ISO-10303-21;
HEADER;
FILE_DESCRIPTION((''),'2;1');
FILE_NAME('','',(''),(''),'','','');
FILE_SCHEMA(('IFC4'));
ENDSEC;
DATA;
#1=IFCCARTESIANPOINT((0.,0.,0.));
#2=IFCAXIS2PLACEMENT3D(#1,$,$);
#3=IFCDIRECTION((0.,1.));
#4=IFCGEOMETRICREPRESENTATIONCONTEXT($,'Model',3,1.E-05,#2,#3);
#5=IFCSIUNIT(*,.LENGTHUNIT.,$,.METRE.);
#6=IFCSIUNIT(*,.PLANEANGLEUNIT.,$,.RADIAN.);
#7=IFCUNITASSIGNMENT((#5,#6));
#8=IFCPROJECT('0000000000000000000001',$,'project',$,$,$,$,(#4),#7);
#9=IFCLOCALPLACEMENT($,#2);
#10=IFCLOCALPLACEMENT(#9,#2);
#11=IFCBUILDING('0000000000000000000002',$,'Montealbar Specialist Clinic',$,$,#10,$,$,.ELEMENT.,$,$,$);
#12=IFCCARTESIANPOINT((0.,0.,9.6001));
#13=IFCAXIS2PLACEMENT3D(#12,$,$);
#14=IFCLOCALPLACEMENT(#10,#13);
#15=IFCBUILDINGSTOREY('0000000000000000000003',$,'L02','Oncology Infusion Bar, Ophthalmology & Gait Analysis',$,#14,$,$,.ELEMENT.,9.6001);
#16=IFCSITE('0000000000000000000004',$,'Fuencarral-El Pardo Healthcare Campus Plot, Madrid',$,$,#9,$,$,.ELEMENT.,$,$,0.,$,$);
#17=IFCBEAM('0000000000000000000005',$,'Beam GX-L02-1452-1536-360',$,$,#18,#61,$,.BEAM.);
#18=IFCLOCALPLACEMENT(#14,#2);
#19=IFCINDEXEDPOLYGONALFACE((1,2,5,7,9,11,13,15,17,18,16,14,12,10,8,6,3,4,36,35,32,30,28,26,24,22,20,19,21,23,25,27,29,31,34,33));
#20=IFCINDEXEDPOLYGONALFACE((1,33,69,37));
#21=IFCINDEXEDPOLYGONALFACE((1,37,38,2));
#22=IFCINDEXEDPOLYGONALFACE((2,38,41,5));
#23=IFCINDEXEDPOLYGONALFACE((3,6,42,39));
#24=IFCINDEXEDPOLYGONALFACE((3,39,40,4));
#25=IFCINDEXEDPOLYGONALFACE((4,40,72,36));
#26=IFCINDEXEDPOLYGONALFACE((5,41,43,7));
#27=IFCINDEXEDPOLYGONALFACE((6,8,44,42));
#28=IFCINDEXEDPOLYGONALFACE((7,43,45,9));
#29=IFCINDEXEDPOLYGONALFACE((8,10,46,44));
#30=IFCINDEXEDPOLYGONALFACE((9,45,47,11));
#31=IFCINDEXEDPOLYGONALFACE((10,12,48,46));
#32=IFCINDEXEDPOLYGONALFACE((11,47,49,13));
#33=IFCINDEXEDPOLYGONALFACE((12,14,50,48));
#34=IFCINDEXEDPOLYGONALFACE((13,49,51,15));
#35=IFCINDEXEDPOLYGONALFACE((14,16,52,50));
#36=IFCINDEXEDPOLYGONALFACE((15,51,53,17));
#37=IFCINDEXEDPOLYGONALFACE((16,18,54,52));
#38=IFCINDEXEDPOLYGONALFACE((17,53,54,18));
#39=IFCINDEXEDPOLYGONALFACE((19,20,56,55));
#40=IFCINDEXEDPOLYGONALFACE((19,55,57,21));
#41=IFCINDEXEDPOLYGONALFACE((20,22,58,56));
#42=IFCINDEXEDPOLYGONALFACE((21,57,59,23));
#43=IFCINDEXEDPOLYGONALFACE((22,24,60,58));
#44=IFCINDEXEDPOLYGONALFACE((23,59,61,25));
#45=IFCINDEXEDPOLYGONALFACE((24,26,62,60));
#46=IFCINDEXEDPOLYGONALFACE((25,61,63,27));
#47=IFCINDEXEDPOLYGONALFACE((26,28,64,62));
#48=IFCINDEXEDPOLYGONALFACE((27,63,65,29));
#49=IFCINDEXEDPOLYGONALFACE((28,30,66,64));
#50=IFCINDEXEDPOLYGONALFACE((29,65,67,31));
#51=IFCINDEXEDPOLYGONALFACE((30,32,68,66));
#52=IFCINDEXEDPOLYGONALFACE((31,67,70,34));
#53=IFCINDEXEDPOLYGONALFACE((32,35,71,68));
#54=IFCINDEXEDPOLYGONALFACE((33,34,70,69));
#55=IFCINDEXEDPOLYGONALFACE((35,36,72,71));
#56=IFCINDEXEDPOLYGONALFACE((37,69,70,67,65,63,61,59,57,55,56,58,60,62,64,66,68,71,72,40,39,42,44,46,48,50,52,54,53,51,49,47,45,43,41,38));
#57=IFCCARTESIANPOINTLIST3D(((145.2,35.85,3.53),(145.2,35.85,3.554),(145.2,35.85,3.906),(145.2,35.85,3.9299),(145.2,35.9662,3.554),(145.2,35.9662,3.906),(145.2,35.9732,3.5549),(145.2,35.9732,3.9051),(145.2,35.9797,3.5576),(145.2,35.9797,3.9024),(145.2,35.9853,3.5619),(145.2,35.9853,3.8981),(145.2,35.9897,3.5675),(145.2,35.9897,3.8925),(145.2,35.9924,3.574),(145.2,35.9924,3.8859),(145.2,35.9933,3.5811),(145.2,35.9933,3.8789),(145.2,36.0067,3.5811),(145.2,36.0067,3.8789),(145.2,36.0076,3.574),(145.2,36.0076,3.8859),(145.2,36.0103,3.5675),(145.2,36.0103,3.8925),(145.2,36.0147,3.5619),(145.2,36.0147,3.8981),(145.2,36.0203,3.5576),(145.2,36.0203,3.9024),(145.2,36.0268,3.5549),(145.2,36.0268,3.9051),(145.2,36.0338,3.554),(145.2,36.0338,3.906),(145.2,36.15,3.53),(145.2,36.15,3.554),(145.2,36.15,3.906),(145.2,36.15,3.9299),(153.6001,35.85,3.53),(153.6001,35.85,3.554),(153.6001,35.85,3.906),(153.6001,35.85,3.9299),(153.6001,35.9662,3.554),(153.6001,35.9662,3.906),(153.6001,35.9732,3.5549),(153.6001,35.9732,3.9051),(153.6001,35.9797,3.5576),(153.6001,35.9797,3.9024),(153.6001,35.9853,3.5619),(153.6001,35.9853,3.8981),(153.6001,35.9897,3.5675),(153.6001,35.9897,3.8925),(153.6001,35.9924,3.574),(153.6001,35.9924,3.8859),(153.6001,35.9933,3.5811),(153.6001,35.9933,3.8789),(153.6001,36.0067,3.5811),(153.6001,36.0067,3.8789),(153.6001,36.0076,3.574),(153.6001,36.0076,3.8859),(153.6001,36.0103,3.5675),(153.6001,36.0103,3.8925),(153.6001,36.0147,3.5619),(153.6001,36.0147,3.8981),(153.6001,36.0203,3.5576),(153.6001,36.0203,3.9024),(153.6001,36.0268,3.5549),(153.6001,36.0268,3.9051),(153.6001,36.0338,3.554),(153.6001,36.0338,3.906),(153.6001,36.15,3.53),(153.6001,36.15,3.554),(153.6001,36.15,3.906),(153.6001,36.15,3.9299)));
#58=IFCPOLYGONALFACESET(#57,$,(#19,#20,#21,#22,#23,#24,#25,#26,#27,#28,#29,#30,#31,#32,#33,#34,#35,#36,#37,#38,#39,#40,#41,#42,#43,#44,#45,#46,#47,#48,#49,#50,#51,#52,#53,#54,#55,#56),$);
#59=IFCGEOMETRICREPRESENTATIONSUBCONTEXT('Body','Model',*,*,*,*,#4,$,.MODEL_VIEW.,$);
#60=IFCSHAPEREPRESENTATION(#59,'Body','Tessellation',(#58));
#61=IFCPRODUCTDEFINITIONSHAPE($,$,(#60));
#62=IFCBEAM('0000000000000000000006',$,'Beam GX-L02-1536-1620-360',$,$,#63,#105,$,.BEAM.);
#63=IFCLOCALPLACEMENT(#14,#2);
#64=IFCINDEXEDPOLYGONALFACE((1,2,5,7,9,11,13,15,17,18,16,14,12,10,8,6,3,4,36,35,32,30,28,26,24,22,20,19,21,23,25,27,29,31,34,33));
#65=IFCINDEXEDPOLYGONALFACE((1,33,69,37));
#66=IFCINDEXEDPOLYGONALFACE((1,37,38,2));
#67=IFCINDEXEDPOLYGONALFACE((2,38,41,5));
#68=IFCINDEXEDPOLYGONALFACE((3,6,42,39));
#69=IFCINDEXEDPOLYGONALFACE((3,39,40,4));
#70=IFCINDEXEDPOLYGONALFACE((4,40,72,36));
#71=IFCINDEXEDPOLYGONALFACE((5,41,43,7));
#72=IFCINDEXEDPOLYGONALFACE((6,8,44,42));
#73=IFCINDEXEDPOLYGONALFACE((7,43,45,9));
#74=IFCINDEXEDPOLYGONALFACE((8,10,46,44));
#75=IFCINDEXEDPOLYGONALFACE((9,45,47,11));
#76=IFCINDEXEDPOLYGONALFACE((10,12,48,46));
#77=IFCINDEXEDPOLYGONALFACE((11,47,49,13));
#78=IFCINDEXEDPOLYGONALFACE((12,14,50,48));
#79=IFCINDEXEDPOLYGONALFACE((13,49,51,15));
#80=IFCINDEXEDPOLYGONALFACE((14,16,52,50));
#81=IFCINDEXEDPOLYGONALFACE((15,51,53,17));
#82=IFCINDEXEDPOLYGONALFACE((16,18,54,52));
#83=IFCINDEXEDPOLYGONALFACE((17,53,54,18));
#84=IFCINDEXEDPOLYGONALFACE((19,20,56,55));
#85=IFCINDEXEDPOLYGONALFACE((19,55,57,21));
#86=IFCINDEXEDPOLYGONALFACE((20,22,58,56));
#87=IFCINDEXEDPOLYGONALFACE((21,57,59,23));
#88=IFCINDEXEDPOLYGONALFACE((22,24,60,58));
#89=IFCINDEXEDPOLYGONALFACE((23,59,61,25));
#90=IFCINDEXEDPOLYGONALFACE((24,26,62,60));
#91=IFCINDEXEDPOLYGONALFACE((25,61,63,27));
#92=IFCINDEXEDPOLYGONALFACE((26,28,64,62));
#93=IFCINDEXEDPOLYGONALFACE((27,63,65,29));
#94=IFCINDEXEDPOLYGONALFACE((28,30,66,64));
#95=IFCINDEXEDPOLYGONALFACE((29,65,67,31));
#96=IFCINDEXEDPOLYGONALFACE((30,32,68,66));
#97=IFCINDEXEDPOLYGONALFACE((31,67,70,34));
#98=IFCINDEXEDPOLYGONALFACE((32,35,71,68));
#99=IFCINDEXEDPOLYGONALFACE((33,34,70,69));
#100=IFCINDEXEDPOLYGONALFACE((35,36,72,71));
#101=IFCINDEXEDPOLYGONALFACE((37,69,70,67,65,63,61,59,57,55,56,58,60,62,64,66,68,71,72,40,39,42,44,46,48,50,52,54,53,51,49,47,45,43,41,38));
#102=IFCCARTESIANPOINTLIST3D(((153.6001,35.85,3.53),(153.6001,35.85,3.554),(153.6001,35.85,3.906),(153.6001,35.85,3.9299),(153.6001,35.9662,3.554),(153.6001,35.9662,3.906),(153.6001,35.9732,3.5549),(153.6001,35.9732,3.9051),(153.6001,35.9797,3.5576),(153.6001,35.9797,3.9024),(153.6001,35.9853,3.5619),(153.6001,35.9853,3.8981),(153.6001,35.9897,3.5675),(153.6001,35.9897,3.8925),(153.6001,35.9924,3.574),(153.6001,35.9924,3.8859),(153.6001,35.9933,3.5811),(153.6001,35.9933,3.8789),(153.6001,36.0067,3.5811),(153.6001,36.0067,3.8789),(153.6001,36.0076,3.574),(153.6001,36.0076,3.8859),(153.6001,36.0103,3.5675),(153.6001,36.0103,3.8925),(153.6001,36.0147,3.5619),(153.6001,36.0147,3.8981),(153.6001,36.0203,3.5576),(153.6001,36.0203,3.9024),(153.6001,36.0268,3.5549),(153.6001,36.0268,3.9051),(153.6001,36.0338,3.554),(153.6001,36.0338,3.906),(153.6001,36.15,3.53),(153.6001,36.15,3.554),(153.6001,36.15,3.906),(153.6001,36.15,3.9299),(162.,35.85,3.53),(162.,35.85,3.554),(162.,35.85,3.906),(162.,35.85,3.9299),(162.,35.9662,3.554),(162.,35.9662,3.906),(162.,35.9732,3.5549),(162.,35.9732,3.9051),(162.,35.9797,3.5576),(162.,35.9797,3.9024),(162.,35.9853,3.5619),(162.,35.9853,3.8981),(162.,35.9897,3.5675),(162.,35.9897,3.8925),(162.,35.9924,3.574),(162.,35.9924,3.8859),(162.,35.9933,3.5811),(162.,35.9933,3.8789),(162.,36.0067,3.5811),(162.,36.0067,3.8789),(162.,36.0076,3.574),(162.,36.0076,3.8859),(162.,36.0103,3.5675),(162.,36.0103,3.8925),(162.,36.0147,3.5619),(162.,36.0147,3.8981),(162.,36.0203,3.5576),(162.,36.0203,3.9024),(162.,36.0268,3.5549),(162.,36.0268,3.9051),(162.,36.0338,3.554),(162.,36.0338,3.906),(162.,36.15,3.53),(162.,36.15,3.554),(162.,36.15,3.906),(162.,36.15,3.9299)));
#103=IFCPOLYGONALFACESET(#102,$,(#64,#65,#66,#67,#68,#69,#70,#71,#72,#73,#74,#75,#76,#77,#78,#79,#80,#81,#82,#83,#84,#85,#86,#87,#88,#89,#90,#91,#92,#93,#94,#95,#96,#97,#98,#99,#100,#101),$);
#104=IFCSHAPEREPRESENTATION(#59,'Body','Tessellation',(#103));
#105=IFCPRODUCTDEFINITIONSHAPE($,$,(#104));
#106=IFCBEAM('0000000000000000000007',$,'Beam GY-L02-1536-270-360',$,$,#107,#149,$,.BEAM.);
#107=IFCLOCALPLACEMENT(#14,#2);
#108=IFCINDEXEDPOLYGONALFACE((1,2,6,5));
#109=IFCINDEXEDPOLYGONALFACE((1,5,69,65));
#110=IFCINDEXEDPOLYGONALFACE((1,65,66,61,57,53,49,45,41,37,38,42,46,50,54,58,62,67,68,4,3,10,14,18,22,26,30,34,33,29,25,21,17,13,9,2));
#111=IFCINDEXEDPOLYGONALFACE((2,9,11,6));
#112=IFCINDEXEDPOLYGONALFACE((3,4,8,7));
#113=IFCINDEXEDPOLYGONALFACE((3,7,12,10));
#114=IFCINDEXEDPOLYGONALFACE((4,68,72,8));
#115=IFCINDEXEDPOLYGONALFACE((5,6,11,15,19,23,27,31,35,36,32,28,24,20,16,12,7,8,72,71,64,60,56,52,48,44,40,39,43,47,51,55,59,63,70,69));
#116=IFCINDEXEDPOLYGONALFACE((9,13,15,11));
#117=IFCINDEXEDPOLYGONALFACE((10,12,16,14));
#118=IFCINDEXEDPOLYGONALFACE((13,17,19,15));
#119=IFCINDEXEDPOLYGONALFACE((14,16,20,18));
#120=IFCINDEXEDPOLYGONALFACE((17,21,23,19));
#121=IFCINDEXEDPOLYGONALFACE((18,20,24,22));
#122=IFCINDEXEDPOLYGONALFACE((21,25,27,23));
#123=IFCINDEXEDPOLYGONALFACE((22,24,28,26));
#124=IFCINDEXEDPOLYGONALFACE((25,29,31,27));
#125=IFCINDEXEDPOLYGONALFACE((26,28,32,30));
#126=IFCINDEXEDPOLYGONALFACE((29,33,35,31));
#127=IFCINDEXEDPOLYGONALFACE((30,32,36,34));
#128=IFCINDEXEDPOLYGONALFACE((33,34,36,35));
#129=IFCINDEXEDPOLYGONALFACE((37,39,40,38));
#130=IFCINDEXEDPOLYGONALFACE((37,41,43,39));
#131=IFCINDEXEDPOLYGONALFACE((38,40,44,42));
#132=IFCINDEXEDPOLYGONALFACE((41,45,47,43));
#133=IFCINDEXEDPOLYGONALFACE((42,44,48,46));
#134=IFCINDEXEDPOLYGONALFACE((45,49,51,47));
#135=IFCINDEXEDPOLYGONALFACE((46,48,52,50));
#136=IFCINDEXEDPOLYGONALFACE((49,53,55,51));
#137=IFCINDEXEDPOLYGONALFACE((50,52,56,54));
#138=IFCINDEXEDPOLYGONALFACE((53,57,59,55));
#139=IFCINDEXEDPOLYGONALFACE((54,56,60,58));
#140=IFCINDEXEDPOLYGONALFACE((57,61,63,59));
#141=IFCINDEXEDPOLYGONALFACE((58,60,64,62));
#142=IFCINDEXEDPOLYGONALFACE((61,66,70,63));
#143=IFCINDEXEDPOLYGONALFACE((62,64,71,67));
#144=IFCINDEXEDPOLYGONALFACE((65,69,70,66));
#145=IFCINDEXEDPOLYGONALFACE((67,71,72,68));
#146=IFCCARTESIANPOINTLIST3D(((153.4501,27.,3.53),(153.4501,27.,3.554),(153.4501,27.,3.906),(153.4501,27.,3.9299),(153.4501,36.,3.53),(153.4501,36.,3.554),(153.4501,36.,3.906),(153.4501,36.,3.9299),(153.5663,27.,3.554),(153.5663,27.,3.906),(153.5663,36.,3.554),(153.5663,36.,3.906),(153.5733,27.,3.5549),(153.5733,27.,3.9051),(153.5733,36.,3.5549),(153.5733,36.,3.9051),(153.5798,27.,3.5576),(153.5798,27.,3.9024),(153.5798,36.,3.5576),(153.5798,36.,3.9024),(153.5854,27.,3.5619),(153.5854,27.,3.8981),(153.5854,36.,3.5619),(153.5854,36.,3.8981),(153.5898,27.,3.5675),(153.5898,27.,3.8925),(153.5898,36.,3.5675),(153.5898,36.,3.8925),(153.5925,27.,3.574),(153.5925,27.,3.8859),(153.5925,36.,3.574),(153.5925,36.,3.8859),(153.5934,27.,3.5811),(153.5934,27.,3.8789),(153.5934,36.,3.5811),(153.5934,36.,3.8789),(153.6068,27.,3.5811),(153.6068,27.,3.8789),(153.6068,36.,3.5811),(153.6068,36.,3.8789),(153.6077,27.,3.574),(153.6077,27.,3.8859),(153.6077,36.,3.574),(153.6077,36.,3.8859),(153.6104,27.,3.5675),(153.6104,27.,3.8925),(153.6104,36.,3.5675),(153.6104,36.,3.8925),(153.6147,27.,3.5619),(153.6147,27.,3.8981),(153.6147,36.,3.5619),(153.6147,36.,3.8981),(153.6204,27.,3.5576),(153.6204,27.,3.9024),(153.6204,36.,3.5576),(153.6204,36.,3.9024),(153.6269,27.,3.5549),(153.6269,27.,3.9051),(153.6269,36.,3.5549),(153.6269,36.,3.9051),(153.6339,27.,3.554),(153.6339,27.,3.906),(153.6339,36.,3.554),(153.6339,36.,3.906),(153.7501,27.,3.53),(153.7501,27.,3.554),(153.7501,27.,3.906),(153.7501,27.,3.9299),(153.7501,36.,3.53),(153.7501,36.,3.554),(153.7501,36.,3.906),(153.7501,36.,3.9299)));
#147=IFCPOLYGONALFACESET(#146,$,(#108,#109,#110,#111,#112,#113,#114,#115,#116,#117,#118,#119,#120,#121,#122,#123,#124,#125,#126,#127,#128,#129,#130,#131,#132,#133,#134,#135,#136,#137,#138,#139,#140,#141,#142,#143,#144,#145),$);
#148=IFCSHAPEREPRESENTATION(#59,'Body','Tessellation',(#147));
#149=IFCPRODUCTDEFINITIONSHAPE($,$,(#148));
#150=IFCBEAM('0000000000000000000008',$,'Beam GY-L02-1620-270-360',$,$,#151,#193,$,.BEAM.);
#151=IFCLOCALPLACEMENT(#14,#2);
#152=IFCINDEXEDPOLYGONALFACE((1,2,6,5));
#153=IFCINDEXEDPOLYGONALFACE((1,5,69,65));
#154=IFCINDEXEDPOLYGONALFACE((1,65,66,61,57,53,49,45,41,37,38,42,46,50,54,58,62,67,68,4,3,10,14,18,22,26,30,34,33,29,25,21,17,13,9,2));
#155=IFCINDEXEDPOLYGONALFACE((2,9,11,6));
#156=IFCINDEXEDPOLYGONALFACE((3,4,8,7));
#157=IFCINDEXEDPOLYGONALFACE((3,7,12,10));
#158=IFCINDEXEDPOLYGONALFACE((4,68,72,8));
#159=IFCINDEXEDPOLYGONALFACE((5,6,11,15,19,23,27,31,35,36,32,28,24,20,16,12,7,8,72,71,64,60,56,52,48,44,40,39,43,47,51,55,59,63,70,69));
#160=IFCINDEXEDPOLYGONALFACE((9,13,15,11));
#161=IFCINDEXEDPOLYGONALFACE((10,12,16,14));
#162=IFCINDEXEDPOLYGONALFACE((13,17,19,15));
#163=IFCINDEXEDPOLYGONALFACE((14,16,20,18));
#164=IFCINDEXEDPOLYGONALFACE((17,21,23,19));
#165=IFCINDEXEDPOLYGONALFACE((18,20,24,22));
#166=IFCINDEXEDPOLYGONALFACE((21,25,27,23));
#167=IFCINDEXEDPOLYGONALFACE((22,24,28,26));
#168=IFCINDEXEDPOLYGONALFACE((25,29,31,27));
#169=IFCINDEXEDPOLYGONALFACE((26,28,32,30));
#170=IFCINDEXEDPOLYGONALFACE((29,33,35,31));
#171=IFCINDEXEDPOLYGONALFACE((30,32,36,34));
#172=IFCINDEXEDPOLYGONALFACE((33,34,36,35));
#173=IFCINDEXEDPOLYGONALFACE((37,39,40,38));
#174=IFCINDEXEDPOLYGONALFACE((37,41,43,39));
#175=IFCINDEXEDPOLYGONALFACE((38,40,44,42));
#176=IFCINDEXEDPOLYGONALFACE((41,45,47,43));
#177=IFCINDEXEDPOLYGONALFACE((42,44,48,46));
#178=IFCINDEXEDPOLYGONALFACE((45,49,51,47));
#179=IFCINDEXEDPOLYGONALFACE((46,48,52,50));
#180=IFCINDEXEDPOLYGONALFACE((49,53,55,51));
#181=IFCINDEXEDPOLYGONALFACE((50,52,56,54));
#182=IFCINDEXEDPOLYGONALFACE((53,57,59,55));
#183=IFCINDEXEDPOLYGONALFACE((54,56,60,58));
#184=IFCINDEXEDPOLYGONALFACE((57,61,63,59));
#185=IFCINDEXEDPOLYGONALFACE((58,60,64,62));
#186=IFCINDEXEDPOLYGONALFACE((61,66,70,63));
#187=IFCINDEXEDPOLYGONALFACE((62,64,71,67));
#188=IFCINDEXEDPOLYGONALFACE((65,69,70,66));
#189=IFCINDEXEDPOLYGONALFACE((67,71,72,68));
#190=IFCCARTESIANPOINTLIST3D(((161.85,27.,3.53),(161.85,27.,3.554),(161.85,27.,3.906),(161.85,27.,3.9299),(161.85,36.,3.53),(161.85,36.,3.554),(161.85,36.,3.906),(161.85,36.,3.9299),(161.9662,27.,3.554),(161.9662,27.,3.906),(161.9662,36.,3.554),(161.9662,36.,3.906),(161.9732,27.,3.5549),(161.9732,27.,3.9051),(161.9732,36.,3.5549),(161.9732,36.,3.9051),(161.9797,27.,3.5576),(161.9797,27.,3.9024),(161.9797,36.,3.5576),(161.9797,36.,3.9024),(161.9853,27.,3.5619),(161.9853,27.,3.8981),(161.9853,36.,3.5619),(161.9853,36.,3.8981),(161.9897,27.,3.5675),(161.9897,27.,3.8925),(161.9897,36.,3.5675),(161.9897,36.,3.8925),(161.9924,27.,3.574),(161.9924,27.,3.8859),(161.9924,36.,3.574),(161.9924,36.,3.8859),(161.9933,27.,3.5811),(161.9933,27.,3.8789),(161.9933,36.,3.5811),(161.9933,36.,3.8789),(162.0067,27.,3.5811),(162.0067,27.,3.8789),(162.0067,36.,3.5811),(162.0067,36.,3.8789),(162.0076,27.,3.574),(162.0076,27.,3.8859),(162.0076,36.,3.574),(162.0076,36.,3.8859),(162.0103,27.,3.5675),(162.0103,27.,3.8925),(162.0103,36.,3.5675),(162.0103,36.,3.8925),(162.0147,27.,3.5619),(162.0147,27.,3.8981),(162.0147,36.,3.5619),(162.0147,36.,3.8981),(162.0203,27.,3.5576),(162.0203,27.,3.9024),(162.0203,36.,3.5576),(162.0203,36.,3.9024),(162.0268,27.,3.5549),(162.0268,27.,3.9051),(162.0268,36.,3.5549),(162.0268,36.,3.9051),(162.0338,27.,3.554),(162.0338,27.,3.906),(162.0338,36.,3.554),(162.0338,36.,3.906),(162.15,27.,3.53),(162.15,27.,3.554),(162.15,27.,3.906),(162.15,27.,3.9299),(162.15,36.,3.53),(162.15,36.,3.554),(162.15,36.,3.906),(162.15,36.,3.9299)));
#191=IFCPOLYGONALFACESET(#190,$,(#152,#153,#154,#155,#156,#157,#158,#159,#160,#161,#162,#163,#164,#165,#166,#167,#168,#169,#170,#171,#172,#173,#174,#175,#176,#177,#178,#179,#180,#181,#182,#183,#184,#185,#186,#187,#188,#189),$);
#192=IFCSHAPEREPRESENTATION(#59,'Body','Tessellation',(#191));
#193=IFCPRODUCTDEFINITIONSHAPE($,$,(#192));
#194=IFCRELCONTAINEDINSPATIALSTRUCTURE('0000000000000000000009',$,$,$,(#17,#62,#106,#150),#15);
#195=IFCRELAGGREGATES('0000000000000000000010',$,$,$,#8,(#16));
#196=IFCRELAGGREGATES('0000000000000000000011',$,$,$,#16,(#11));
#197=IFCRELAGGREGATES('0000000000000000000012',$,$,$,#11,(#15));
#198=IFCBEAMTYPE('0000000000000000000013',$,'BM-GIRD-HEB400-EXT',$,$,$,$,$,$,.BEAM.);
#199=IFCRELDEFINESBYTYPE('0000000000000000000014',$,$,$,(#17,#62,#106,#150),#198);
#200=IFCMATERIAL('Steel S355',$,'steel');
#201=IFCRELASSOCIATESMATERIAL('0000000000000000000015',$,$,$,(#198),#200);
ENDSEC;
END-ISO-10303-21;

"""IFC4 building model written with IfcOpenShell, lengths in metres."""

from ifc_helpers import new_model, si_unit, direction, frame, origin, origin_2d, place, context, subcontext, project, spatial, i_section, extrude, material, material_profile, profile_set, type_object, element, save


model = new_model("IFC4")

# Units and contexts
model_context = context("Model", 3, precision=1e-05, world=origin(), true_north=direction((0.0, 1.0)))
body_context = subcontext(model_context, "Body", "Model", "MODEL_VIEW")
ifc_project = project(units=[si_unit("LENGTHUNIT", "METRE"), si_unit("PLANEANGLEUNIT", "RADIAN")], contexts=[model_context])

# Site, building, storey
site_placement = place(None, origin())
site = spatial("IfcSite", under=ifc_project, at=site_placement, Name="Fuencarral-El Pardo Healthcare Campus Plot, Madrid", CompositionType="ELEMENT", RefElevation=0.0)
building_placement = place(site_placement, origin())
building = spatial("IfcBuilding", under=site, at=building_placement, Name="Montealbar Specialist Clinic", CompositionType="ELEMENT")
storey_placement = place(building_placement, frame((0.0, 0.0, 9.6001)))
storey = spatial("IfcBuildingStorey", under=building, at=storey_placement, Name="L02", Description="Oncology Infusion Bar, Ophthalmology & Gait Analysis", CompositionType="ELEMENT", Elevation=9.6001)

# Shared definitions
ifc_material_1 = material(Name="Steel S355", Category="steel")

# Beams
ifc_material_profile_1 = material_profile(ifc_material_1, i_section(OverallWidth=0.3, OverallDepth=0.3999, WebThickness=0.0134, FlangeThickness=0.0239, FilletRadius=0.0271, at=origin_2d()), Name="HEB 400", Category="steel")
ifc_profile_set_1 = profile_set([ifc_material_profile_1], Name="Steel S355")
beam_type_1 = type_object("IfcBeamType", Name="BM-GIRD-HEB400-EXT", PredefinedType="BEAM", material=ifc_profile_set_1)
beam_1_placement = place(storey_placement, frame((145.2, 36.0, 3.73), z_axis=(1.0, 0.0, 0.0), x_axis=(0.0, 1.0, 0.0)))
element("IfcBeam", 1, at=beam_1_placement, inside=storey, type_object=beam_type_1, Name="Beam GX-L02-1452-1536-360", PredefinedType="BEAM", context=body_context, shape_type="SweptSolid", body=[
    extrude(i_section(OverallWidth=0.3, OverallDepth=0.3999, WebThickness=0.0134, FlangeThickness=0.0239, FilletRadius=0.0271, at=origin_2d()), origin(), (0.0, 0.0, 1.0), 8.4001),
])
beam_2_placement = place(storey_placement, frame((153.6001, 36.0, 3.73), z_axis=(1.0, 0.0, 0.0), x_axis=(0.0, 1.0, 0.0)))
element("IfcBeam", 2, at=beam_2_placement, inside=storey, type_object=beam_type_1, Name="Beam GX-L02-1536-1620-360", PredefinedType="BEAM", context=body_context, shape_type="SweptSolid", body=[
    extrude(i_section(OverallWidth=0.3, OverallDepth=0.3999, WebThickness=0.0134, FlangeThickness=0.0239, FilletRadius=0.0271, at=origin_2d()), origin(), (0.0, 0.0, 1.0), 8.3999),
])
for number, where, z_axis, x_axis, name in (
    (3, (153.6001, 27.0, 3.73), (0.0, 1.0, 0.0), (-1.0, 0.0, 0.0), "Beam GY-L02-1536-270-360"),
    (4, (162.0, 27.0, 3.73), (0.0, 1.0, 0.0), (-1.0, 0.0, 0.0), "Beam GY-L02-1620-270-360"),
):
    element("IfcBeam", number, at=place(storey_placement, frame(where, z_axis=z_axis, x_axis=x_axis)), inside=storey, type_object=beam_type_1, Name=name, PredefinedType="BEAM", context=body_context, shape_type="SweptSolid", body=[
        extrude(i_section(OverallWidth=0.3, OverallDepth=0.3999, WebThickness=0.0134, FlangeThickness=0.0239, FilletRadius=0.0271, at=origin_2d()), origin(), (0.0, 0.0, 1.0), 9.0),
    ])

save(model, "model.ifc")
